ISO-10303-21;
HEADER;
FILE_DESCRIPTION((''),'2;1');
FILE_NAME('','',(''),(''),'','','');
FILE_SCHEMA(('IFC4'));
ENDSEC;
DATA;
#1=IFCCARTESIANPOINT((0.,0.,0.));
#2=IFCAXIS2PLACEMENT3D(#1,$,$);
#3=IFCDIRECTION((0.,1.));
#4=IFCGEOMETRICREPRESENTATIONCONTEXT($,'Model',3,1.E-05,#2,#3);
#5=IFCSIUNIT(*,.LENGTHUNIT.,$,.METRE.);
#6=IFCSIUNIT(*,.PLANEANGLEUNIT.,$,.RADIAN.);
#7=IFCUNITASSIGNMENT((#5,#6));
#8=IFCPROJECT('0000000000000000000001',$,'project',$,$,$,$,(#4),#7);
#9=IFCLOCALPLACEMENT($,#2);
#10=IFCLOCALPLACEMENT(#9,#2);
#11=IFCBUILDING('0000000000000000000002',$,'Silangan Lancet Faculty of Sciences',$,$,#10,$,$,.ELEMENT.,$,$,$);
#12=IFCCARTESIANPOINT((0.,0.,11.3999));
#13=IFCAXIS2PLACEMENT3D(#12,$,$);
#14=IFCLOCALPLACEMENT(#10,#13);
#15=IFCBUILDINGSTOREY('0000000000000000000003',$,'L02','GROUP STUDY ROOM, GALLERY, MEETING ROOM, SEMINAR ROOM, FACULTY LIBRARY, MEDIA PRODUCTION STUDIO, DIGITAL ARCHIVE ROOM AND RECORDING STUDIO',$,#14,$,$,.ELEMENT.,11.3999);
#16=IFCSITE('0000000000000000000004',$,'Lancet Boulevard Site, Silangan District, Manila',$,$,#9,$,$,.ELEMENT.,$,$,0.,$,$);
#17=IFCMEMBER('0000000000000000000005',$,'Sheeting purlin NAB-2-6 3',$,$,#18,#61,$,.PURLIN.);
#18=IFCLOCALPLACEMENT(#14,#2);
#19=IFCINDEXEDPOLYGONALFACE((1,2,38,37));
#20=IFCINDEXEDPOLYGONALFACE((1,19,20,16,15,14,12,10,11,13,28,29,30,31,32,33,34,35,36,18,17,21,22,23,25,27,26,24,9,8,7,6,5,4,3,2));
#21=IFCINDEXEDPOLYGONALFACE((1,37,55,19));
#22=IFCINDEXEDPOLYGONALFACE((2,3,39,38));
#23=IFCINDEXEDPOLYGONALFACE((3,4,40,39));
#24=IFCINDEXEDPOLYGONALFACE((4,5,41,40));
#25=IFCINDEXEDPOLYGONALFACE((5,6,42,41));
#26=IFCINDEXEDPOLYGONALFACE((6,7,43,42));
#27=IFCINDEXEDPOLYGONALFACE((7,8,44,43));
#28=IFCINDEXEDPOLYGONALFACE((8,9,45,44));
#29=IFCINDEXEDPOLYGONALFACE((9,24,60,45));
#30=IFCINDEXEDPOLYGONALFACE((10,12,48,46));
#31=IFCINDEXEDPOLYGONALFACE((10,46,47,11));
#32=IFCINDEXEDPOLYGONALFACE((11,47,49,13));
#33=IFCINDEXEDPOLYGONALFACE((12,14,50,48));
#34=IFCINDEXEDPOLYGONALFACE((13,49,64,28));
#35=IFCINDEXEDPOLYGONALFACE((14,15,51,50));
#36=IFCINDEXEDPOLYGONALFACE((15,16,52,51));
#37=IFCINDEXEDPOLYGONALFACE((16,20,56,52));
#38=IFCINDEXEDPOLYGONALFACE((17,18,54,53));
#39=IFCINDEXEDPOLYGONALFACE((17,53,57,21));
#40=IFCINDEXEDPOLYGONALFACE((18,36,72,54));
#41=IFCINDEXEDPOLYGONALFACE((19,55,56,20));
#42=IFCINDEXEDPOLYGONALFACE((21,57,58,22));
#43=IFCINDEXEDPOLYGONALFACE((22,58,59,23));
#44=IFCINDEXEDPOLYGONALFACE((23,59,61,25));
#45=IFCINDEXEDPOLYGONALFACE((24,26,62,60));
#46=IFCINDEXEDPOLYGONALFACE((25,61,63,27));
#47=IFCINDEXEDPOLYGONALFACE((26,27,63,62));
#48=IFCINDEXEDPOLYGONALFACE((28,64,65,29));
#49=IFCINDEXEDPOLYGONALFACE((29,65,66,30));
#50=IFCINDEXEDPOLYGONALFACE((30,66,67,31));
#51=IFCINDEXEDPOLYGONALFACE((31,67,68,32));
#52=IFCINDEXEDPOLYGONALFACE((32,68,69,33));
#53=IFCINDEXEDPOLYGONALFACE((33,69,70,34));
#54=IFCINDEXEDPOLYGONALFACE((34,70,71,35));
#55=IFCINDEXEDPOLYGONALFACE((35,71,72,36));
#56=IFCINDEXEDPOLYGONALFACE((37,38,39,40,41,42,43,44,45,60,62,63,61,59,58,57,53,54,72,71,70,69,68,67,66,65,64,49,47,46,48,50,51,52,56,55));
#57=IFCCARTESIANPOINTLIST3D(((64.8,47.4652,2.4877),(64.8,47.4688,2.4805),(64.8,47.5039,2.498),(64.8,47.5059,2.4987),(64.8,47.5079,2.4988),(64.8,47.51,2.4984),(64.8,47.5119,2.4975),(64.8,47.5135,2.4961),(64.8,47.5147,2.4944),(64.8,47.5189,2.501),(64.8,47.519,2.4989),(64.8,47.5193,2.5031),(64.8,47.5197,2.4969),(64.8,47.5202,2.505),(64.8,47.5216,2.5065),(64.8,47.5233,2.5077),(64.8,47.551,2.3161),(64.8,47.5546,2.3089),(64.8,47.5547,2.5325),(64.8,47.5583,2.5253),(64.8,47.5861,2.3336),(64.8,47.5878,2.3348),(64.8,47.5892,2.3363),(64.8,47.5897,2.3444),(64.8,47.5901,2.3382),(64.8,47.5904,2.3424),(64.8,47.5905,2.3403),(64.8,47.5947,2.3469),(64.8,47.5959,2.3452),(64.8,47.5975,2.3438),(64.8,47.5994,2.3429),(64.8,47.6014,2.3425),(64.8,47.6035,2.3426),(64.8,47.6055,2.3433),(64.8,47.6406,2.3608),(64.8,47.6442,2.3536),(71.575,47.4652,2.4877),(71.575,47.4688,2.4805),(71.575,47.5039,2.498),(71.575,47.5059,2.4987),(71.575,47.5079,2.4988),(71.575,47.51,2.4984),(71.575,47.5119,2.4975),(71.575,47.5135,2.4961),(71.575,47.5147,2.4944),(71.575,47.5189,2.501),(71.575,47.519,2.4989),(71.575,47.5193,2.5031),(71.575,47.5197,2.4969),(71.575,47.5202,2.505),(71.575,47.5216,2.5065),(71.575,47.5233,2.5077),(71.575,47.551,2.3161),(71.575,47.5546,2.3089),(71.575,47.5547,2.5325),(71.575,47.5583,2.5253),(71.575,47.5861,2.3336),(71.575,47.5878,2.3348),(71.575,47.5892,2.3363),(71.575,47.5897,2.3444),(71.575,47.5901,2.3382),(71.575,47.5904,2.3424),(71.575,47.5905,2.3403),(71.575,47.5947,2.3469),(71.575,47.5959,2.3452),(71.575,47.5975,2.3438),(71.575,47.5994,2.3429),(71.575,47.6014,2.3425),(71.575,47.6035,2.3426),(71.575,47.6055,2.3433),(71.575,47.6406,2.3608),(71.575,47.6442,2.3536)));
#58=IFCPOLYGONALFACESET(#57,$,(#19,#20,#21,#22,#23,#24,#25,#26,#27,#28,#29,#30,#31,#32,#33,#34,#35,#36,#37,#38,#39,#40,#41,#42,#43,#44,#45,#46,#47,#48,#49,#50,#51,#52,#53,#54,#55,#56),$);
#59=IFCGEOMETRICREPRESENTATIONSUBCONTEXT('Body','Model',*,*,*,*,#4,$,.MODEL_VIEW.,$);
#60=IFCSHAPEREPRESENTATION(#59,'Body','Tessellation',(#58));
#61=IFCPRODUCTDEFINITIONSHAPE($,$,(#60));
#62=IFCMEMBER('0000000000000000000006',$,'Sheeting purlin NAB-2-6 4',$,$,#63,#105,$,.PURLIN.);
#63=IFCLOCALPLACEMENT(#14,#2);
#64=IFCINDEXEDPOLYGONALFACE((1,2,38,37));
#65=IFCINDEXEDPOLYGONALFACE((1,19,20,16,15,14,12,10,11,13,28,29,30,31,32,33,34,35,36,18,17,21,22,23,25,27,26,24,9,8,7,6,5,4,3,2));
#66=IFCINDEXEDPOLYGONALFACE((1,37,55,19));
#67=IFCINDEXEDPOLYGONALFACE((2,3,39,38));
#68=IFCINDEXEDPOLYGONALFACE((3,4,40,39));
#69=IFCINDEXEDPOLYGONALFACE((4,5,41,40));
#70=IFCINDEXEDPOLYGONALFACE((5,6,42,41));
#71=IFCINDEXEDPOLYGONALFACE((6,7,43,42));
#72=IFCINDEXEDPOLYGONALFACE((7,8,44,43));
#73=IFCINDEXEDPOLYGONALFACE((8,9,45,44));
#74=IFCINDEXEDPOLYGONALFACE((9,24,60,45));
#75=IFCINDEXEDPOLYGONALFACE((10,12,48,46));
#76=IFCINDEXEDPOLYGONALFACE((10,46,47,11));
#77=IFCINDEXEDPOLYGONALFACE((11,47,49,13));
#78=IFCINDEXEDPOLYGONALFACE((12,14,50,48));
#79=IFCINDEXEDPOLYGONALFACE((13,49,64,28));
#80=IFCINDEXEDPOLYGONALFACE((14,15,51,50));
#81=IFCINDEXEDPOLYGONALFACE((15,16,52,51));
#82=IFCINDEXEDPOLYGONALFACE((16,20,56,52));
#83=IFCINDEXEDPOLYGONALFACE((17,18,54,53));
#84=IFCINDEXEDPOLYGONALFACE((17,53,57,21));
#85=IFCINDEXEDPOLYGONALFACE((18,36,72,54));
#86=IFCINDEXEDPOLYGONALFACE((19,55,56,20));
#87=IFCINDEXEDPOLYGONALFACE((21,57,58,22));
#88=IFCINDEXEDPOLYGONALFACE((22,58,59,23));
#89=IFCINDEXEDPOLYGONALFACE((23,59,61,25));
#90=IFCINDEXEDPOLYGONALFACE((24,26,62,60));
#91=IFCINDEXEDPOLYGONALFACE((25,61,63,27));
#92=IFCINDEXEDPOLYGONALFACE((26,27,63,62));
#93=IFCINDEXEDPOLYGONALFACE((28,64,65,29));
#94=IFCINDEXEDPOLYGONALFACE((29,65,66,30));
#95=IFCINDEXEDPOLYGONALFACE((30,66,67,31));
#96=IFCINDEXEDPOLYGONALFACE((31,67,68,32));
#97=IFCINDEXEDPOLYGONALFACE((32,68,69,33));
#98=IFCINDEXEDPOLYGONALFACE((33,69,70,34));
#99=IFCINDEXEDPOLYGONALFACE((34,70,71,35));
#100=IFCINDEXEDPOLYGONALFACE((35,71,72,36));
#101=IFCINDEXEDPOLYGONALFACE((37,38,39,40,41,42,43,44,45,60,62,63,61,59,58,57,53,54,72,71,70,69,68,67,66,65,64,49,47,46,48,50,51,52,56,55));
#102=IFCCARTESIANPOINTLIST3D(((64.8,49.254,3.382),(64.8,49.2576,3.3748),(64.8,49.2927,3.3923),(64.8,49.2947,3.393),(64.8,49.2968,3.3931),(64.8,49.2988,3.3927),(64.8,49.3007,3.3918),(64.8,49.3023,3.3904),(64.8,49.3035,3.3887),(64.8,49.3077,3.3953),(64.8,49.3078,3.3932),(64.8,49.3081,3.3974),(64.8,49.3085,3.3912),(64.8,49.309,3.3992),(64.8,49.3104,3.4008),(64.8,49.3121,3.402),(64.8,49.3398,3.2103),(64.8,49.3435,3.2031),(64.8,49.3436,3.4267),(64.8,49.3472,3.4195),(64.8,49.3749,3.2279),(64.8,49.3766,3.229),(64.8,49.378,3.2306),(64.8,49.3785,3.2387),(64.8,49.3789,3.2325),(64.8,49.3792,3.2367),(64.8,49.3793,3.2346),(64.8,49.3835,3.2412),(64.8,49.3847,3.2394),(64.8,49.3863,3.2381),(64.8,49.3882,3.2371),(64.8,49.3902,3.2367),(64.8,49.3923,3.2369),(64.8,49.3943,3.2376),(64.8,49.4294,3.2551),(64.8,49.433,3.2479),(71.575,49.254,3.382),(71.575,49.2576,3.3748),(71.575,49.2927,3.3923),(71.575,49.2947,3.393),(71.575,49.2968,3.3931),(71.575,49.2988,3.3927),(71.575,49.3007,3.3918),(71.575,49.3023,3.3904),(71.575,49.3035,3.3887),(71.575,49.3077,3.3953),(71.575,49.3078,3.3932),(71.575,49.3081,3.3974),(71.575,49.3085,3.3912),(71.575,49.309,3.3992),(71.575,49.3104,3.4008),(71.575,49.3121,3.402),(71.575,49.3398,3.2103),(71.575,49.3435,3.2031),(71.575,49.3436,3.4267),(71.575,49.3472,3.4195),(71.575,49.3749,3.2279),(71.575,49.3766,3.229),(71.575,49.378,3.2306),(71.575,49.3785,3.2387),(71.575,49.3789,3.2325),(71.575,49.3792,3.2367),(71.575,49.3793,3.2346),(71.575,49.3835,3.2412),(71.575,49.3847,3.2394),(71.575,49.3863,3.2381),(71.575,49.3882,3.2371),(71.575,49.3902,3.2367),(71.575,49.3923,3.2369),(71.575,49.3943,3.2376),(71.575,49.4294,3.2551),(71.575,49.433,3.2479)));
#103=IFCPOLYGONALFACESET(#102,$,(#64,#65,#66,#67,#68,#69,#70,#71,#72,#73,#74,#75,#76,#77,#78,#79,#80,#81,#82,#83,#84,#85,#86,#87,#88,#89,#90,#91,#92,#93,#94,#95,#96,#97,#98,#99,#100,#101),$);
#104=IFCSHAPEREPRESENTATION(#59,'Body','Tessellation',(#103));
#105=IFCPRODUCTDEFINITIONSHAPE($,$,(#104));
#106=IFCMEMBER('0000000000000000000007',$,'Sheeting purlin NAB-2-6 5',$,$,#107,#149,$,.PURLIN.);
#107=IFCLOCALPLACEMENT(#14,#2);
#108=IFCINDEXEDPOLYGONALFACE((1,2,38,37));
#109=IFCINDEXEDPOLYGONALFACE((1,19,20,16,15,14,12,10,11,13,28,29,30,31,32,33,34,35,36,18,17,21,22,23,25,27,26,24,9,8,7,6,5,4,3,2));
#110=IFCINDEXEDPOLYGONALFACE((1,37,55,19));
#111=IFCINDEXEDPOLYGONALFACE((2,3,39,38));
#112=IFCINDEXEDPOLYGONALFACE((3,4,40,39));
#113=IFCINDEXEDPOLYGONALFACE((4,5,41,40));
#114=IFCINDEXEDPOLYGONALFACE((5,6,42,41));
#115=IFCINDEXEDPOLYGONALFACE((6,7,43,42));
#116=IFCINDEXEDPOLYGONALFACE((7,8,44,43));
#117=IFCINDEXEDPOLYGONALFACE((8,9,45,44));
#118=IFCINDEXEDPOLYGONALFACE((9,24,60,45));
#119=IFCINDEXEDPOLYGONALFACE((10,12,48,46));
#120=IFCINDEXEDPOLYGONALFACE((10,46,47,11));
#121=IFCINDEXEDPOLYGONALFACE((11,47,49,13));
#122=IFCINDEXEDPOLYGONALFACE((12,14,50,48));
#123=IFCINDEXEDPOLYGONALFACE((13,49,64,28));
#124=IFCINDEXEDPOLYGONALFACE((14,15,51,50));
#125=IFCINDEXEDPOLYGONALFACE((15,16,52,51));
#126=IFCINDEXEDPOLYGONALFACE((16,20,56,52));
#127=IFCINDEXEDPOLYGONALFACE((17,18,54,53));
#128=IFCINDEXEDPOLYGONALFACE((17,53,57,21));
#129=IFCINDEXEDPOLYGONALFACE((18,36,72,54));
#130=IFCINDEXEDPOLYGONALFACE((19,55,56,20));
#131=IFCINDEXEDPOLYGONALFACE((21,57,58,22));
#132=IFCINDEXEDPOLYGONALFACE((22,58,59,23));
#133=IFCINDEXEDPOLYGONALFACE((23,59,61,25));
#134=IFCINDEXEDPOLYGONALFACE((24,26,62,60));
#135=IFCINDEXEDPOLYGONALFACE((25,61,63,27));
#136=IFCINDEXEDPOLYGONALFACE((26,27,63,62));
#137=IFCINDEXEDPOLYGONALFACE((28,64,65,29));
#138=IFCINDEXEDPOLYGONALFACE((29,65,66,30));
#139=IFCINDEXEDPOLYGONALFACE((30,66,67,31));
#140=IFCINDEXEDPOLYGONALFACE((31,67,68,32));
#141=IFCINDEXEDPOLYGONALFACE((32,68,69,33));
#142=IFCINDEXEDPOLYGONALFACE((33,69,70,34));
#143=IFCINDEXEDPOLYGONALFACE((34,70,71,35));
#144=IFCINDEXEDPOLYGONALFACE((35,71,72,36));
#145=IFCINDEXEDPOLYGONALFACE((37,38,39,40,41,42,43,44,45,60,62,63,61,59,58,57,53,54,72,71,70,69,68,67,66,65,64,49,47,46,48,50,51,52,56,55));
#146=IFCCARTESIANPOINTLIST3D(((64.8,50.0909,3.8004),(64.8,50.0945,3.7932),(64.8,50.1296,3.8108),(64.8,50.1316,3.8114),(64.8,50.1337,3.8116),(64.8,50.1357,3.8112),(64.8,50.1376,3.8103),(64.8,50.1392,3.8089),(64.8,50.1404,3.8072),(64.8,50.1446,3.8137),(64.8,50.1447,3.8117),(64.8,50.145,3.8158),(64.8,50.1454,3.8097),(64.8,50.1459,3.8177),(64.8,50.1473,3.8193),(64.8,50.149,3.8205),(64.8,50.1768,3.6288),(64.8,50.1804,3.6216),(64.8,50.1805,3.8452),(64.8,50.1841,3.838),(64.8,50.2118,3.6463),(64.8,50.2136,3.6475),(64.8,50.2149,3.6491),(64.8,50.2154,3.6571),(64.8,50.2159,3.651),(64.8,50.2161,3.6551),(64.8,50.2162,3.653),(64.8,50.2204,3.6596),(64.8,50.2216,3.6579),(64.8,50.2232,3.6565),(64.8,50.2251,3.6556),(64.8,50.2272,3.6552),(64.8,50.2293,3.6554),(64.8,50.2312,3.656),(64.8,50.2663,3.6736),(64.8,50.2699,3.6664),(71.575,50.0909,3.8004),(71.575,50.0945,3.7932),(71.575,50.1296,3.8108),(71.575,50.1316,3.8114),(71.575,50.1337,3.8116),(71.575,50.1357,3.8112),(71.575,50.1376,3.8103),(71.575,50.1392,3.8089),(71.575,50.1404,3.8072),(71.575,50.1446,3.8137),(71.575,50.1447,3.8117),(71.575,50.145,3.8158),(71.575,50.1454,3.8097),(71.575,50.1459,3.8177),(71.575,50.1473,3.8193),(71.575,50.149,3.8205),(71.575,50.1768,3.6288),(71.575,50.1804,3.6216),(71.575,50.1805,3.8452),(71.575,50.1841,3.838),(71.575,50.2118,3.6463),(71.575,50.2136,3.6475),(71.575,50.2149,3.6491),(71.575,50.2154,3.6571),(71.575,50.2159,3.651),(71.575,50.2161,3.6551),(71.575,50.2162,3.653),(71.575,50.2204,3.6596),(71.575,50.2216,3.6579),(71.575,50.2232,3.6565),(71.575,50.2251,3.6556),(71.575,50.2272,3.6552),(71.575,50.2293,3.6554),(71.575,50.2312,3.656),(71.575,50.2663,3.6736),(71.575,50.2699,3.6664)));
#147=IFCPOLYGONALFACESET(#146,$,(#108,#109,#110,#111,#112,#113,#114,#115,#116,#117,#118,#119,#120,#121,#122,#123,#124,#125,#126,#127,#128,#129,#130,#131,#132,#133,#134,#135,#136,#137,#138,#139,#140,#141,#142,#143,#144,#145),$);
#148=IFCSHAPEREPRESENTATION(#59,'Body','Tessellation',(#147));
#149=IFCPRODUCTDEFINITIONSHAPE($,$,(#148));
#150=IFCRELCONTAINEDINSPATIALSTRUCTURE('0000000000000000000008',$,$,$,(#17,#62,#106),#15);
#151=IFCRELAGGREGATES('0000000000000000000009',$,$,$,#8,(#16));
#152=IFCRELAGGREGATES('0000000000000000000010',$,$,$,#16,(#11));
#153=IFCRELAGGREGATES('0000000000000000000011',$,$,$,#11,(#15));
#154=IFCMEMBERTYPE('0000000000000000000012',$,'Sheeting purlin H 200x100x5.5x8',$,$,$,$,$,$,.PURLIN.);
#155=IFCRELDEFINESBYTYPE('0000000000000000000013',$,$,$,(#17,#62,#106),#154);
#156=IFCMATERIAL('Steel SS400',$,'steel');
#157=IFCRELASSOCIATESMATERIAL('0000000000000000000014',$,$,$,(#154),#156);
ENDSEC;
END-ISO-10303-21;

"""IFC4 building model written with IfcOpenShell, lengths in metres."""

from ifc_helpers import new_model, si_unit, direction, frame, origin, origin_2d, place, context, subcontext, project, spatial, i_section, extrude, material, material_profile, profile_set, type_object, element, save


model = new_model("IFC4")

# Units and contexts
model_context = context("Model", 3, precision=1e-05, world=origin(), true_north=direction((0.0, 1.0)))
body_context = subcontext(model_context, "Body", "Model", "MODEL_VIEW")
ifc_project = project(units=[si_unit("LENGTHUNIT", "METRE"), si_unit("PLANEANGLEUNIT", "RADIAN")], contexts=[model_context])

# Site, building, storey
site_placement = place(None, origin())
site = spatial("IfcSite", under=ifc_project, at=site_placement, Name="Lancet Boulevard Site, Silangan District, Manila", CompositionType="ELEMENT", RefElevation=0.0)
building_placement = place(site_placement, origin())
building = spatial("IfcBuilding", under=site, at=building_placement, Name="Silangan Lancet Faculty of Sciences", CompositionType="ELEMENT")
storey_placement = place(building_placement, frame((0.0, 0.0, 11.3999)))
storey = spatial("IfcBuildingStorey", under=building, at=storey_placement, Name="L02", Description="GROUP STUDY ROOM, GALLERY, MEETING ROOM, SEMINAR ROOM, FACULTY LIBRARY, MEDIA PRODUCTION STUDIO, DIGITAL ARCHIVE ROOM AND RECORDING STUDIO", CompositionType="ELEMENT", Elevation=11.3999)

# Members
ifc_material_1 = material(Name="Steel SS400", Category="steel")
ifc_material_profile_1 = material_profile(ifc_material_1, i_section(OverallWidth=0.1001, OverallDepth=0.2, WebThickness=0.0056, FlangeThickness=0.0081, FilletRadius=0.0081, at=origin_2d()), Name="H 200x100x5.5x8")
ifc_profile_set_1 = profile_set([ifc_material_profile_1], Name="Steel SS400")
member_type_1 = type_object("IfcMemberType", Name="Sheeting purlin H 200x100x5.5x8", PredefinedType="PURLIN", material=ifc_profile_set_1)
for number, where, z_axis, x_axis, name in (
    (1, (64.8, 47.5547, 2.4207), (1.0, 0.0, 0.0), (0.0, 0.894427, 0.447214), "Sheeting purlin NAB-2-6 3"),
    (2, (64.8, 49.3435, 3.3149), (1.0, 0.0, 0.0), (0.0, 0.894427, 0.447214), "Sheeting purlin NAB-2-6 4"),
    (3, (64.8, 50.1804, 3.7334), (1.0, 0.0, 0.0), (0.0, 0.894427, 0.447214), "Sheeting purlin NAB-2-6 5"),
):
    element("IfcMember", number, at=place(storey_placement, frame(where, z_axis=z_axis, x_axis=x_axis)), inside=storey, type_object=member_type_1, Name=name, PredefinedType="PURLIN", context=body_context, shape_type="SweptSolid", body=[
        extrude(i_section(OverallWidth=0.1001, OverallDepth=0.2, WebThickness=0.0056, FlangeThickness=0.0081, FilletRadius=0.0081, at=origin_2d()), origin(), (0.0, 0.0, 1.0), 6.7749),
    ])

save(model, "model.ifc")
